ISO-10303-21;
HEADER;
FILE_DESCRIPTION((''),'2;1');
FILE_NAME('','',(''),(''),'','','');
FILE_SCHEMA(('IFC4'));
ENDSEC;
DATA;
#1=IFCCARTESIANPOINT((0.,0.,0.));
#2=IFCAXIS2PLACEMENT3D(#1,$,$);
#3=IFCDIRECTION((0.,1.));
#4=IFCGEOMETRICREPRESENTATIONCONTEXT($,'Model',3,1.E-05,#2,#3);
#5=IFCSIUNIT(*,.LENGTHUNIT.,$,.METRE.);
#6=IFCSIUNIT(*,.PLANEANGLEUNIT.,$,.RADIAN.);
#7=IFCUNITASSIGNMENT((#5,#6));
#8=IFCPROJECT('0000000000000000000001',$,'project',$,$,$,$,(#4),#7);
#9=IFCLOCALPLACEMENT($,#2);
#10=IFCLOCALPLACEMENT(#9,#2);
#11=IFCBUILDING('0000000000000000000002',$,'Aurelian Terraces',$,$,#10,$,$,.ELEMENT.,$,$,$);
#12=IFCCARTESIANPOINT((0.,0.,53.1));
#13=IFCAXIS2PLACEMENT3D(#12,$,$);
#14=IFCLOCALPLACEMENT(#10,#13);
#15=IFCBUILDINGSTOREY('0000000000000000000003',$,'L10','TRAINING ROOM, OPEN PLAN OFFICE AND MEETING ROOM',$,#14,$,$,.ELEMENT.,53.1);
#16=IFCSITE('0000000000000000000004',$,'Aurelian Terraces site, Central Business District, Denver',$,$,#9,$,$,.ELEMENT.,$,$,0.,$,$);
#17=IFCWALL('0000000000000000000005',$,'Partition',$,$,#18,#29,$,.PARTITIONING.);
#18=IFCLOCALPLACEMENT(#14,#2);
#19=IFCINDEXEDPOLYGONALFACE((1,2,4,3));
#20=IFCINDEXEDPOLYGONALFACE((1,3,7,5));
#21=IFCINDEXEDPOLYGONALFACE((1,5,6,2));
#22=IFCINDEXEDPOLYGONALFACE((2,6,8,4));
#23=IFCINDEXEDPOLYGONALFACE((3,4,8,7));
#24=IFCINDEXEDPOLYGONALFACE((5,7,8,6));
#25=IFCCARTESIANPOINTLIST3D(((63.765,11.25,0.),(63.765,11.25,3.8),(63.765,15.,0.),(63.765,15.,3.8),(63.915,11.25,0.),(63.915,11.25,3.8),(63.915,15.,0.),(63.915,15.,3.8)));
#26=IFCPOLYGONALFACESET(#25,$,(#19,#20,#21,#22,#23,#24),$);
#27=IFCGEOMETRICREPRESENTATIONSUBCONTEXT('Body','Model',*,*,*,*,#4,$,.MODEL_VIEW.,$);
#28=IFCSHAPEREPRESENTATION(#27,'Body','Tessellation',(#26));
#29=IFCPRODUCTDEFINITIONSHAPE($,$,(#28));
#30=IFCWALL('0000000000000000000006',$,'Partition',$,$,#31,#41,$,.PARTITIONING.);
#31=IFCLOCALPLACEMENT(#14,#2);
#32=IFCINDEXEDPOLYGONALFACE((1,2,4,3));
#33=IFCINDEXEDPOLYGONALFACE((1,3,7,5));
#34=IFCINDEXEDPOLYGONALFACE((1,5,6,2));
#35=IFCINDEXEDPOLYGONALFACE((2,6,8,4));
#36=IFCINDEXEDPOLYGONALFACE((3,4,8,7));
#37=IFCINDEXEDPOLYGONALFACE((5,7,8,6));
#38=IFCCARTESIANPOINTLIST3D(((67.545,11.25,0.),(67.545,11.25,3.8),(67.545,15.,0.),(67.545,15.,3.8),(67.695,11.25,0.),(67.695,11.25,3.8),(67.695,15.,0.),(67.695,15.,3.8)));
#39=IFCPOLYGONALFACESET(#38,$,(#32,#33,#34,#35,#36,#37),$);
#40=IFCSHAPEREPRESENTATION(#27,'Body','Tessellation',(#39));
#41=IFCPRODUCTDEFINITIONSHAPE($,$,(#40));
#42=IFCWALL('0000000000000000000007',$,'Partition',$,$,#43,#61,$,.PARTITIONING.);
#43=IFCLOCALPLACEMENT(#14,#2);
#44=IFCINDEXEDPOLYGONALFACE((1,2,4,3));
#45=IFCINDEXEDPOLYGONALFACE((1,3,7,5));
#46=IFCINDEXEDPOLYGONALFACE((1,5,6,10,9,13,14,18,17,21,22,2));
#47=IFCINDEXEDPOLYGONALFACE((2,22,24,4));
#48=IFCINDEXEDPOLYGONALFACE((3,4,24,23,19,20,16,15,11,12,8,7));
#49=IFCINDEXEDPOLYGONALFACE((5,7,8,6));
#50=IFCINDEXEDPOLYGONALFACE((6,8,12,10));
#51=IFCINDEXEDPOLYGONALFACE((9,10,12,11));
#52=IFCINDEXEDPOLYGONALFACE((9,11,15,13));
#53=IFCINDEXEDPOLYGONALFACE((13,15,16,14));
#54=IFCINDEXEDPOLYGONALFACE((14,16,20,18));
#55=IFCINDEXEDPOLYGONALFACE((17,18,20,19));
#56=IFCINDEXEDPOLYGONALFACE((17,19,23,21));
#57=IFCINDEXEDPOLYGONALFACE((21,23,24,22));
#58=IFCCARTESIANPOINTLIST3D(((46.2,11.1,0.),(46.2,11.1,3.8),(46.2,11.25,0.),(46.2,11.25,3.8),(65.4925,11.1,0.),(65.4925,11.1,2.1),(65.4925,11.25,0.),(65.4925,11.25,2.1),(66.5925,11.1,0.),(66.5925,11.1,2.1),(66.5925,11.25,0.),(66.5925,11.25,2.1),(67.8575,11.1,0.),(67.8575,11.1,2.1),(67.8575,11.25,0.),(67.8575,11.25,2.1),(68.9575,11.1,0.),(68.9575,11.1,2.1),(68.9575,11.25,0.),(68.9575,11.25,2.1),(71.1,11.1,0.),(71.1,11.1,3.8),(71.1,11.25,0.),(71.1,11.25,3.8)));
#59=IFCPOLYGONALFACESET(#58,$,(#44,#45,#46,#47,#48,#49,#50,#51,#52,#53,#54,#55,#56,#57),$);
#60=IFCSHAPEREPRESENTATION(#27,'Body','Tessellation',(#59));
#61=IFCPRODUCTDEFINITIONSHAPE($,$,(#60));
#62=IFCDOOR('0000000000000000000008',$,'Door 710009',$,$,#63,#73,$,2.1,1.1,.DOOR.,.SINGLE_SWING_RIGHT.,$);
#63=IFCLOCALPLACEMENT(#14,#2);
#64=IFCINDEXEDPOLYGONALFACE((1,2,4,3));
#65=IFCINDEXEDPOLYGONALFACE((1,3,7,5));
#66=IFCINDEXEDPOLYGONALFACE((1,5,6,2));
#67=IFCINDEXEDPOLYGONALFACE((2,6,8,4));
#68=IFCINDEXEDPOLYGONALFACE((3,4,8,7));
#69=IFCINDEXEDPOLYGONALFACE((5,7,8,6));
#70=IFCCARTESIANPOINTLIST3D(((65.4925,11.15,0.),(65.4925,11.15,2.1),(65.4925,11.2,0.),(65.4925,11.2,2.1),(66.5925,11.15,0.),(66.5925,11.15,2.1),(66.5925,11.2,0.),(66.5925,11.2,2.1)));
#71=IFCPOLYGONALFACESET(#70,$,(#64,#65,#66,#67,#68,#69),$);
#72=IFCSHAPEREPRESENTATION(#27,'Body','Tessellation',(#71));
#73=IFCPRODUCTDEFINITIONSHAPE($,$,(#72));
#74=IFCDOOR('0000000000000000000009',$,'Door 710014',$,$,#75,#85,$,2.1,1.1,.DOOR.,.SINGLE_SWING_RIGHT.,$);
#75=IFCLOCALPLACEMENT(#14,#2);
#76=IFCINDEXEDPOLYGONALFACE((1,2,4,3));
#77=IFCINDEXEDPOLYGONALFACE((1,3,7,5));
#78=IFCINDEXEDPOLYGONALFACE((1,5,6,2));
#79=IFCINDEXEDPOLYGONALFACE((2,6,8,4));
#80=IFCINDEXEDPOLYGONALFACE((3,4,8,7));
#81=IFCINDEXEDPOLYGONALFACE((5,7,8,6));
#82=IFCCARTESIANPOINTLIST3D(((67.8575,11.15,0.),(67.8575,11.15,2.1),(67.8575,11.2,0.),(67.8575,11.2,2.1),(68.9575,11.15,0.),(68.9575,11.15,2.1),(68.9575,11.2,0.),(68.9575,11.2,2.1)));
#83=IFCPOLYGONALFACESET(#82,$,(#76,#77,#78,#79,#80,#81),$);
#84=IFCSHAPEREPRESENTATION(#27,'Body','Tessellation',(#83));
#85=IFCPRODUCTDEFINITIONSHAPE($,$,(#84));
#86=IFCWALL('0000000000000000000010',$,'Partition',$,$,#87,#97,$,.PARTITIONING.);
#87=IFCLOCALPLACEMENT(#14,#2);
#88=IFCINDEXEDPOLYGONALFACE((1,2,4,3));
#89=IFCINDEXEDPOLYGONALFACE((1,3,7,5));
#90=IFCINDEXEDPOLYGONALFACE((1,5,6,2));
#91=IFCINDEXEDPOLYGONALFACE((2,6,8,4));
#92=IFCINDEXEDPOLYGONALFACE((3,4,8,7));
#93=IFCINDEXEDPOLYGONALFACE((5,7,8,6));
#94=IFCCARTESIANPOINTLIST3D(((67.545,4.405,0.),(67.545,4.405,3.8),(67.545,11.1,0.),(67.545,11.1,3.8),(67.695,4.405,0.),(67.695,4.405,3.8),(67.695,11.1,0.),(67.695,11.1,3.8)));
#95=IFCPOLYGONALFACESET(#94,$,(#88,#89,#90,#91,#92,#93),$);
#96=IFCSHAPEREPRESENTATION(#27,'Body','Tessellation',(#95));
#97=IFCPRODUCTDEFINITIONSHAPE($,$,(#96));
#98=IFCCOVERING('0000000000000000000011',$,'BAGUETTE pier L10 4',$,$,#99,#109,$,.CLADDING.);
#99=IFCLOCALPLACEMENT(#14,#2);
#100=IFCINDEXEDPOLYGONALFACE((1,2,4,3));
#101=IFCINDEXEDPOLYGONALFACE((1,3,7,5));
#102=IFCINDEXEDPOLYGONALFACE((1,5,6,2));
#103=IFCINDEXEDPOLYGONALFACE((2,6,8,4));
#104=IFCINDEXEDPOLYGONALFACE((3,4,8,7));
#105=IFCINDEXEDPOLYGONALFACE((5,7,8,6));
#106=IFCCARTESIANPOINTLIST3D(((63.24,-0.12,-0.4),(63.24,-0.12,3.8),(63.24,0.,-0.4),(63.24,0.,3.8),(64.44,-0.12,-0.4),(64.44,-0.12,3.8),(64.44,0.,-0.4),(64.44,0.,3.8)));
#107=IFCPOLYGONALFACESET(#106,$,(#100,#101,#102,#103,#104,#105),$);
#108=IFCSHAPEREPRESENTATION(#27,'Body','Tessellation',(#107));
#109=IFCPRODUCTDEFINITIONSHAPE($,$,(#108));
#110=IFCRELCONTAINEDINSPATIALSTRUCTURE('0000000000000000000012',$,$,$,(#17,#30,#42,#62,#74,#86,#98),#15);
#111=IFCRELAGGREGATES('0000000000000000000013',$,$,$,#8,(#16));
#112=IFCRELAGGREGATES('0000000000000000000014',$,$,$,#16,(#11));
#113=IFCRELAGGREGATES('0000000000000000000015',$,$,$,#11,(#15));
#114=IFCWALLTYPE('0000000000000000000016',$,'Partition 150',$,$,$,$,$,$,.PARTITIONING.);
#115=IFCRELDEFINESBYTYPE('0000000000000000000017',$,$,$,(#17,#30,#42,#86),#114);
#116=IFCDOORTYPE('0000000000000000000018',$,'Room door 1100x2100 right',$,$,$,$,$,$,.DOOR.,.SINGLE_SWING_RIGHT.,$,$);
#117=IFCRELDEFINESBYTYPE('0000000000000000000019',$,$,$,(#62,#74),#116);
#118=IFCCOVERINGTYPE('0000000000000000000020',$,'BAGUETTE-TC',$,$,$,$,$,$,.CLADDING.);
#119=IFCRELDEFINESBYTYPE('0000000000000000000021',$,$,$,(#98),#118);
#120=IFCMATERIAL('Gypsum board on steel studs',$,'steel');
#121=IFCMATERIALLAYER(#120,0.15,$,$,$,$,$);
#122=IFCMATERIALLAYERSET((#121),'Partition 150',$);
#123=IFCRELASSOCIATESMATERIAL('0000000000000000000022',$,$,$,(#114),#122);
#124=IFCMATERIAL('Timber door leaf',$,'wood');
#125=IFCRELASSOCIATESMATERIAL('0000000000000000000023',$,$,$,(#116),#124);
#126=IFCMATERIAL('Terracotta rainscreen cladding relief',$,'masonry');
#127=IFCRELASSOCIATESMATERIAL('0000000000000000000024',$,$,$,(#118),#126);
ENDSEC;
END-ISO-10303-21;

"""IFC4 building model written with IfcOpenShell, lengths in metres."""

from ifc_helpers import new_model, si_unit, direction, frame, frame_2d, origin, origin_2d, place, context, subcontext, project, spatial, rectangle, extrude, source, transform, mapped, material, layer, layer_set, type_object, element, fill, save


model = new_model("IFC4")

# Units and contexts
model_context = context("Model", 3, precision=1e-05, world=origin(), true_north=direction((0.0, 1.0)))
body_context = subcontext(model_context, "Body", "Model", "MODEL_VIEW")
ifc_project = project(units=[si_unit("LENGTHUNIT", "METRE"), si_unit("PLANEANGLEUNIT", "RADIAN")], contexts=[model_context])

# Site, building, storey
site_placement = place(None, origin())
site = spatial("IfcSite", under=ifc_project, at=site_placement, Name="Aurelian Terraces site, Central Business District, Denver", CompositionType="ELEMENT", RefElevation=0.0)
building_placement = place(site_placement, origin())
building = spatial("IfcBuilding", under=site, at=building_placement, Name="Aurelian Terraces", CompositionType="ELEMENT")
storey_placement = place(building_placement, frame((0.0, 0.0, 53.1)))
storey = spatial("IfcBuildingStorey", under=building, at=storey_placement, Name="L10", Description="TRAINING ROOM, OPEN PLAN OFFICE AND MEETING ROOM", CompositionType="ELEMENT", Elevation=53.1)

# Walls
ifc_material_1 = material(Name="Gypsum board on steel studs", Category="steel")
ifc_layer_1 = layer(ifc_material_1, 0.15)
ifc_layer_set_1 = layer_set([ifc_layer_1], Name="Partition 150")
wall_type_1 = type_object("IfcWallType", Name="Partition 150", PredefinedType="PARTITIONING", material=ifc_layer_set_1)
shared_shape_1 = source(origin(), body_context, "Body", "SweptSolid", [
    extrude(rectangle(XDim=3.75, YDim=0.15, at=frame_2d((1.875, 0.0))), origin(), (0.0, 0.0, 1.0), 3.8),
])
for number, where, z_axis, x_axis, name in (
    (1, (63.84, 11.25, 0.0), (0.0, 0.0, 1.0), (0.0, 1.0, 0.0), "Partition"),
    (2, (67.62, 11.25, 0.0), (0.0, 0.0, 1.0), (0.0, 1.0, 0.0), "Partition"),
):
    element("IfcWall", number, at=place(storey_placement, frame(where, z_axis=z_axis, x_axis=x_axis)), inside=storey, type_object=wall_type_1, Name=name, PredefinedType="PARTITIONING", context=body_context, shape_type="MappedRepresentation", body=[
        mapped(shared_shape_1, transform((0.0, 0.0, 0.0), scale=1.0)),
    ])

# Wall, openings, doors
shared_shape_2 = source(origin(), body_context, "Body", "SweptSolid", [
    extrude(rectangle(XDim=24.9, YDim=0.15, at=frame_2d((12.45, 0.0))), origin(), (0.0, 0.0, 1.0), 3.8),
])
wall_1_placement = place(storey_placement, frame((71.1, 11.175, 0.0), z_axis=(0.0, 0.0, 1.0), x_axis=(-1.0, 0.0, 0.0)))
wall_1 = element("IfcWall", 3, at=wall_1_placement, inside=storey, type_object=wall_type_1, Name="Partition", PredefinedType="PARTITIONING", context=body_context, shape_type="MappedRepresentation", body=[
    mapped(shared_shape_2, transform((0.0, 0.0, 0.0), scale=1.0)),
])
shared_shape_3 = source(origin(), body_context, "Body", "SweptSolid", [
    extrude(rectangle(XDim=1.1, YDim=2.1, at=frame_2d((0.55, 1.05))), frame((0.0, 0.085, 0.0), z_axis=(0.0, -1.0, 0.0), x_axis=(1.0, 0.0, 0.0)), (0.0, 0.0, 1.0), 0.17),
])
opening_1_placement = place(wall_1_placement, frame((4.5075, 0.0, 0.0)))
opening_1 = element("IfcOpeningElement", 4, at=opening_1_placement, cuts=wall_1, PredefinedType="OPENING", context=body_context, shape_type="MappedRepresentation", body=[
    mapped(shared_shape_3, transform((0.0, 0.0, 0.0), scale=1.0)),
])
opening_2_placement = place(wall_1_placement, frame((2.1425, 0.0, 0.0)))
opening_2 = element("IfcOpeningElement", 5, at=opening_2_placement, cuts=wall_1, PredefinedType="OPENING", context=body_context, shape_type="MappedRepresentation", body=[
    mapped(shared_shape_3, transform((0.0, 0.0, 0.0), scale=1.0)),
])
ifc_material_2 = material(Name="Timber door leaf", Category="wood")
door_type = type_object("IfcDoorType", Name="Room door 1100x2100 right", OperationType="SINGLE_SWING_RIGHT", PredefinedType="DOOR", material=ifc_material_2)
shared_shape_4 = source(origin(), body_context, "Body", "SweptSolid", [
    extrude(rectangle(XDim=1.1, YDim=2.1, at=frame_2d((0.55, 1.05))), frame((0.0, 0.025, 0.0), z_axis=(0.0, -1.0, 0.0), x_axis=(1.0, 0.0, 0.0)), (0.0, 0.0, 1.0), 0.05),
])
door_1_placement = place(opening_1_placement, origin())
door_1 = element("IfcDoor", 6, at=door_1_placement, inside=storey, type_object=door_type, Name="Door 710009", OperationType="SINGLE_SWING_RIGHT", OverallHeight=2.1, OverallWidth=1.1, PredefinedType="DOOR", context=body_context, shape_type="MappedRepresentation", body=[
    mapped(shared_shape_4, transform((0.0, 0.0, 0.0), scale=1.0)),
])
fill(opening_1, door_1)
door_2_placement = place(opening_2_placement, origin())
door_2 = element("IfcDoor", 7, at=door_2_placement, inside=storey, type_object=door_type, Name="Door 710014", OperationType="SINGLE_SWING_RIGHT", OverallHeight=2.1, OverallWidth=1.1, PredefinedType="DOOR", context=body_context, shape_type="MappedRepresentation", body=[
    mapped(shared_shape_4, transform((0.0, 0.0, 0.0), scale=1.0)),
])
fill(opening_2, door_2)

# Wall
shared_shape_5 = source(origin(), body_context, "Body", "SweptSolid", [
    extrude(rectangle(XDim=6.695, YDim=0.15, at=frame_2d((3.3475, 0.0))), origin(), (0.0, 0.0, 1.0), 3.8),
])
wall_2_placement = place(storey_placement, frame((67.62, 4.405, 0.0), z_axis=(0.0, 0.0, 1.0), x_axis=(0.0, 1.0, 0.0)))
element("IfcWall", 8, at=wall_2_placement, inside=storey, type_object=wall_type_1, Name="Partition", PredefinedType="PARTITIONING", context=body_context, shape_type="MappedRepresentation", body=[
    mapped(shared_shape_5, transform((0.0, 0.0, 0.0), scale=1.0)),
])

# Covering
ifc_material_3 = material(Name="Terracotta rainscreen cladding relief", Category="masonry")
covering_type = type_object("IfcCoveringType", Name="BAGUETTE-TC", PredefinedType="CLADDING", material=ifc_material_3)
shared_shape_6 = source(origin(), body_context, "Body", "SweptSolid", [
    extrude(rectangle(XDim=1.2, YDim=0.12, at=origin_2d()), origin(), (0.0, 0.0, 1.0), 4.2),
])
covering_placement = place(storey_placement, frame((63.84, -0.06, -0.4), z_axis=(0.0, 0.0, 1.0), x_axis=(1.0, 0.0, 0.0)))
element("IfcCovering", 9, at=covering_placement, inside=storey, type_object=covering_type, Name="BAGUETTE pier L10 4", PredefinedType="CLADDING", context=body_context, shape_type="MappedRepresentation", body=[
    mapped(shared_shape_6, transform((0.0, 0.0, 0.0), scale=1.0)),
])

save(model, "model.ifc")
